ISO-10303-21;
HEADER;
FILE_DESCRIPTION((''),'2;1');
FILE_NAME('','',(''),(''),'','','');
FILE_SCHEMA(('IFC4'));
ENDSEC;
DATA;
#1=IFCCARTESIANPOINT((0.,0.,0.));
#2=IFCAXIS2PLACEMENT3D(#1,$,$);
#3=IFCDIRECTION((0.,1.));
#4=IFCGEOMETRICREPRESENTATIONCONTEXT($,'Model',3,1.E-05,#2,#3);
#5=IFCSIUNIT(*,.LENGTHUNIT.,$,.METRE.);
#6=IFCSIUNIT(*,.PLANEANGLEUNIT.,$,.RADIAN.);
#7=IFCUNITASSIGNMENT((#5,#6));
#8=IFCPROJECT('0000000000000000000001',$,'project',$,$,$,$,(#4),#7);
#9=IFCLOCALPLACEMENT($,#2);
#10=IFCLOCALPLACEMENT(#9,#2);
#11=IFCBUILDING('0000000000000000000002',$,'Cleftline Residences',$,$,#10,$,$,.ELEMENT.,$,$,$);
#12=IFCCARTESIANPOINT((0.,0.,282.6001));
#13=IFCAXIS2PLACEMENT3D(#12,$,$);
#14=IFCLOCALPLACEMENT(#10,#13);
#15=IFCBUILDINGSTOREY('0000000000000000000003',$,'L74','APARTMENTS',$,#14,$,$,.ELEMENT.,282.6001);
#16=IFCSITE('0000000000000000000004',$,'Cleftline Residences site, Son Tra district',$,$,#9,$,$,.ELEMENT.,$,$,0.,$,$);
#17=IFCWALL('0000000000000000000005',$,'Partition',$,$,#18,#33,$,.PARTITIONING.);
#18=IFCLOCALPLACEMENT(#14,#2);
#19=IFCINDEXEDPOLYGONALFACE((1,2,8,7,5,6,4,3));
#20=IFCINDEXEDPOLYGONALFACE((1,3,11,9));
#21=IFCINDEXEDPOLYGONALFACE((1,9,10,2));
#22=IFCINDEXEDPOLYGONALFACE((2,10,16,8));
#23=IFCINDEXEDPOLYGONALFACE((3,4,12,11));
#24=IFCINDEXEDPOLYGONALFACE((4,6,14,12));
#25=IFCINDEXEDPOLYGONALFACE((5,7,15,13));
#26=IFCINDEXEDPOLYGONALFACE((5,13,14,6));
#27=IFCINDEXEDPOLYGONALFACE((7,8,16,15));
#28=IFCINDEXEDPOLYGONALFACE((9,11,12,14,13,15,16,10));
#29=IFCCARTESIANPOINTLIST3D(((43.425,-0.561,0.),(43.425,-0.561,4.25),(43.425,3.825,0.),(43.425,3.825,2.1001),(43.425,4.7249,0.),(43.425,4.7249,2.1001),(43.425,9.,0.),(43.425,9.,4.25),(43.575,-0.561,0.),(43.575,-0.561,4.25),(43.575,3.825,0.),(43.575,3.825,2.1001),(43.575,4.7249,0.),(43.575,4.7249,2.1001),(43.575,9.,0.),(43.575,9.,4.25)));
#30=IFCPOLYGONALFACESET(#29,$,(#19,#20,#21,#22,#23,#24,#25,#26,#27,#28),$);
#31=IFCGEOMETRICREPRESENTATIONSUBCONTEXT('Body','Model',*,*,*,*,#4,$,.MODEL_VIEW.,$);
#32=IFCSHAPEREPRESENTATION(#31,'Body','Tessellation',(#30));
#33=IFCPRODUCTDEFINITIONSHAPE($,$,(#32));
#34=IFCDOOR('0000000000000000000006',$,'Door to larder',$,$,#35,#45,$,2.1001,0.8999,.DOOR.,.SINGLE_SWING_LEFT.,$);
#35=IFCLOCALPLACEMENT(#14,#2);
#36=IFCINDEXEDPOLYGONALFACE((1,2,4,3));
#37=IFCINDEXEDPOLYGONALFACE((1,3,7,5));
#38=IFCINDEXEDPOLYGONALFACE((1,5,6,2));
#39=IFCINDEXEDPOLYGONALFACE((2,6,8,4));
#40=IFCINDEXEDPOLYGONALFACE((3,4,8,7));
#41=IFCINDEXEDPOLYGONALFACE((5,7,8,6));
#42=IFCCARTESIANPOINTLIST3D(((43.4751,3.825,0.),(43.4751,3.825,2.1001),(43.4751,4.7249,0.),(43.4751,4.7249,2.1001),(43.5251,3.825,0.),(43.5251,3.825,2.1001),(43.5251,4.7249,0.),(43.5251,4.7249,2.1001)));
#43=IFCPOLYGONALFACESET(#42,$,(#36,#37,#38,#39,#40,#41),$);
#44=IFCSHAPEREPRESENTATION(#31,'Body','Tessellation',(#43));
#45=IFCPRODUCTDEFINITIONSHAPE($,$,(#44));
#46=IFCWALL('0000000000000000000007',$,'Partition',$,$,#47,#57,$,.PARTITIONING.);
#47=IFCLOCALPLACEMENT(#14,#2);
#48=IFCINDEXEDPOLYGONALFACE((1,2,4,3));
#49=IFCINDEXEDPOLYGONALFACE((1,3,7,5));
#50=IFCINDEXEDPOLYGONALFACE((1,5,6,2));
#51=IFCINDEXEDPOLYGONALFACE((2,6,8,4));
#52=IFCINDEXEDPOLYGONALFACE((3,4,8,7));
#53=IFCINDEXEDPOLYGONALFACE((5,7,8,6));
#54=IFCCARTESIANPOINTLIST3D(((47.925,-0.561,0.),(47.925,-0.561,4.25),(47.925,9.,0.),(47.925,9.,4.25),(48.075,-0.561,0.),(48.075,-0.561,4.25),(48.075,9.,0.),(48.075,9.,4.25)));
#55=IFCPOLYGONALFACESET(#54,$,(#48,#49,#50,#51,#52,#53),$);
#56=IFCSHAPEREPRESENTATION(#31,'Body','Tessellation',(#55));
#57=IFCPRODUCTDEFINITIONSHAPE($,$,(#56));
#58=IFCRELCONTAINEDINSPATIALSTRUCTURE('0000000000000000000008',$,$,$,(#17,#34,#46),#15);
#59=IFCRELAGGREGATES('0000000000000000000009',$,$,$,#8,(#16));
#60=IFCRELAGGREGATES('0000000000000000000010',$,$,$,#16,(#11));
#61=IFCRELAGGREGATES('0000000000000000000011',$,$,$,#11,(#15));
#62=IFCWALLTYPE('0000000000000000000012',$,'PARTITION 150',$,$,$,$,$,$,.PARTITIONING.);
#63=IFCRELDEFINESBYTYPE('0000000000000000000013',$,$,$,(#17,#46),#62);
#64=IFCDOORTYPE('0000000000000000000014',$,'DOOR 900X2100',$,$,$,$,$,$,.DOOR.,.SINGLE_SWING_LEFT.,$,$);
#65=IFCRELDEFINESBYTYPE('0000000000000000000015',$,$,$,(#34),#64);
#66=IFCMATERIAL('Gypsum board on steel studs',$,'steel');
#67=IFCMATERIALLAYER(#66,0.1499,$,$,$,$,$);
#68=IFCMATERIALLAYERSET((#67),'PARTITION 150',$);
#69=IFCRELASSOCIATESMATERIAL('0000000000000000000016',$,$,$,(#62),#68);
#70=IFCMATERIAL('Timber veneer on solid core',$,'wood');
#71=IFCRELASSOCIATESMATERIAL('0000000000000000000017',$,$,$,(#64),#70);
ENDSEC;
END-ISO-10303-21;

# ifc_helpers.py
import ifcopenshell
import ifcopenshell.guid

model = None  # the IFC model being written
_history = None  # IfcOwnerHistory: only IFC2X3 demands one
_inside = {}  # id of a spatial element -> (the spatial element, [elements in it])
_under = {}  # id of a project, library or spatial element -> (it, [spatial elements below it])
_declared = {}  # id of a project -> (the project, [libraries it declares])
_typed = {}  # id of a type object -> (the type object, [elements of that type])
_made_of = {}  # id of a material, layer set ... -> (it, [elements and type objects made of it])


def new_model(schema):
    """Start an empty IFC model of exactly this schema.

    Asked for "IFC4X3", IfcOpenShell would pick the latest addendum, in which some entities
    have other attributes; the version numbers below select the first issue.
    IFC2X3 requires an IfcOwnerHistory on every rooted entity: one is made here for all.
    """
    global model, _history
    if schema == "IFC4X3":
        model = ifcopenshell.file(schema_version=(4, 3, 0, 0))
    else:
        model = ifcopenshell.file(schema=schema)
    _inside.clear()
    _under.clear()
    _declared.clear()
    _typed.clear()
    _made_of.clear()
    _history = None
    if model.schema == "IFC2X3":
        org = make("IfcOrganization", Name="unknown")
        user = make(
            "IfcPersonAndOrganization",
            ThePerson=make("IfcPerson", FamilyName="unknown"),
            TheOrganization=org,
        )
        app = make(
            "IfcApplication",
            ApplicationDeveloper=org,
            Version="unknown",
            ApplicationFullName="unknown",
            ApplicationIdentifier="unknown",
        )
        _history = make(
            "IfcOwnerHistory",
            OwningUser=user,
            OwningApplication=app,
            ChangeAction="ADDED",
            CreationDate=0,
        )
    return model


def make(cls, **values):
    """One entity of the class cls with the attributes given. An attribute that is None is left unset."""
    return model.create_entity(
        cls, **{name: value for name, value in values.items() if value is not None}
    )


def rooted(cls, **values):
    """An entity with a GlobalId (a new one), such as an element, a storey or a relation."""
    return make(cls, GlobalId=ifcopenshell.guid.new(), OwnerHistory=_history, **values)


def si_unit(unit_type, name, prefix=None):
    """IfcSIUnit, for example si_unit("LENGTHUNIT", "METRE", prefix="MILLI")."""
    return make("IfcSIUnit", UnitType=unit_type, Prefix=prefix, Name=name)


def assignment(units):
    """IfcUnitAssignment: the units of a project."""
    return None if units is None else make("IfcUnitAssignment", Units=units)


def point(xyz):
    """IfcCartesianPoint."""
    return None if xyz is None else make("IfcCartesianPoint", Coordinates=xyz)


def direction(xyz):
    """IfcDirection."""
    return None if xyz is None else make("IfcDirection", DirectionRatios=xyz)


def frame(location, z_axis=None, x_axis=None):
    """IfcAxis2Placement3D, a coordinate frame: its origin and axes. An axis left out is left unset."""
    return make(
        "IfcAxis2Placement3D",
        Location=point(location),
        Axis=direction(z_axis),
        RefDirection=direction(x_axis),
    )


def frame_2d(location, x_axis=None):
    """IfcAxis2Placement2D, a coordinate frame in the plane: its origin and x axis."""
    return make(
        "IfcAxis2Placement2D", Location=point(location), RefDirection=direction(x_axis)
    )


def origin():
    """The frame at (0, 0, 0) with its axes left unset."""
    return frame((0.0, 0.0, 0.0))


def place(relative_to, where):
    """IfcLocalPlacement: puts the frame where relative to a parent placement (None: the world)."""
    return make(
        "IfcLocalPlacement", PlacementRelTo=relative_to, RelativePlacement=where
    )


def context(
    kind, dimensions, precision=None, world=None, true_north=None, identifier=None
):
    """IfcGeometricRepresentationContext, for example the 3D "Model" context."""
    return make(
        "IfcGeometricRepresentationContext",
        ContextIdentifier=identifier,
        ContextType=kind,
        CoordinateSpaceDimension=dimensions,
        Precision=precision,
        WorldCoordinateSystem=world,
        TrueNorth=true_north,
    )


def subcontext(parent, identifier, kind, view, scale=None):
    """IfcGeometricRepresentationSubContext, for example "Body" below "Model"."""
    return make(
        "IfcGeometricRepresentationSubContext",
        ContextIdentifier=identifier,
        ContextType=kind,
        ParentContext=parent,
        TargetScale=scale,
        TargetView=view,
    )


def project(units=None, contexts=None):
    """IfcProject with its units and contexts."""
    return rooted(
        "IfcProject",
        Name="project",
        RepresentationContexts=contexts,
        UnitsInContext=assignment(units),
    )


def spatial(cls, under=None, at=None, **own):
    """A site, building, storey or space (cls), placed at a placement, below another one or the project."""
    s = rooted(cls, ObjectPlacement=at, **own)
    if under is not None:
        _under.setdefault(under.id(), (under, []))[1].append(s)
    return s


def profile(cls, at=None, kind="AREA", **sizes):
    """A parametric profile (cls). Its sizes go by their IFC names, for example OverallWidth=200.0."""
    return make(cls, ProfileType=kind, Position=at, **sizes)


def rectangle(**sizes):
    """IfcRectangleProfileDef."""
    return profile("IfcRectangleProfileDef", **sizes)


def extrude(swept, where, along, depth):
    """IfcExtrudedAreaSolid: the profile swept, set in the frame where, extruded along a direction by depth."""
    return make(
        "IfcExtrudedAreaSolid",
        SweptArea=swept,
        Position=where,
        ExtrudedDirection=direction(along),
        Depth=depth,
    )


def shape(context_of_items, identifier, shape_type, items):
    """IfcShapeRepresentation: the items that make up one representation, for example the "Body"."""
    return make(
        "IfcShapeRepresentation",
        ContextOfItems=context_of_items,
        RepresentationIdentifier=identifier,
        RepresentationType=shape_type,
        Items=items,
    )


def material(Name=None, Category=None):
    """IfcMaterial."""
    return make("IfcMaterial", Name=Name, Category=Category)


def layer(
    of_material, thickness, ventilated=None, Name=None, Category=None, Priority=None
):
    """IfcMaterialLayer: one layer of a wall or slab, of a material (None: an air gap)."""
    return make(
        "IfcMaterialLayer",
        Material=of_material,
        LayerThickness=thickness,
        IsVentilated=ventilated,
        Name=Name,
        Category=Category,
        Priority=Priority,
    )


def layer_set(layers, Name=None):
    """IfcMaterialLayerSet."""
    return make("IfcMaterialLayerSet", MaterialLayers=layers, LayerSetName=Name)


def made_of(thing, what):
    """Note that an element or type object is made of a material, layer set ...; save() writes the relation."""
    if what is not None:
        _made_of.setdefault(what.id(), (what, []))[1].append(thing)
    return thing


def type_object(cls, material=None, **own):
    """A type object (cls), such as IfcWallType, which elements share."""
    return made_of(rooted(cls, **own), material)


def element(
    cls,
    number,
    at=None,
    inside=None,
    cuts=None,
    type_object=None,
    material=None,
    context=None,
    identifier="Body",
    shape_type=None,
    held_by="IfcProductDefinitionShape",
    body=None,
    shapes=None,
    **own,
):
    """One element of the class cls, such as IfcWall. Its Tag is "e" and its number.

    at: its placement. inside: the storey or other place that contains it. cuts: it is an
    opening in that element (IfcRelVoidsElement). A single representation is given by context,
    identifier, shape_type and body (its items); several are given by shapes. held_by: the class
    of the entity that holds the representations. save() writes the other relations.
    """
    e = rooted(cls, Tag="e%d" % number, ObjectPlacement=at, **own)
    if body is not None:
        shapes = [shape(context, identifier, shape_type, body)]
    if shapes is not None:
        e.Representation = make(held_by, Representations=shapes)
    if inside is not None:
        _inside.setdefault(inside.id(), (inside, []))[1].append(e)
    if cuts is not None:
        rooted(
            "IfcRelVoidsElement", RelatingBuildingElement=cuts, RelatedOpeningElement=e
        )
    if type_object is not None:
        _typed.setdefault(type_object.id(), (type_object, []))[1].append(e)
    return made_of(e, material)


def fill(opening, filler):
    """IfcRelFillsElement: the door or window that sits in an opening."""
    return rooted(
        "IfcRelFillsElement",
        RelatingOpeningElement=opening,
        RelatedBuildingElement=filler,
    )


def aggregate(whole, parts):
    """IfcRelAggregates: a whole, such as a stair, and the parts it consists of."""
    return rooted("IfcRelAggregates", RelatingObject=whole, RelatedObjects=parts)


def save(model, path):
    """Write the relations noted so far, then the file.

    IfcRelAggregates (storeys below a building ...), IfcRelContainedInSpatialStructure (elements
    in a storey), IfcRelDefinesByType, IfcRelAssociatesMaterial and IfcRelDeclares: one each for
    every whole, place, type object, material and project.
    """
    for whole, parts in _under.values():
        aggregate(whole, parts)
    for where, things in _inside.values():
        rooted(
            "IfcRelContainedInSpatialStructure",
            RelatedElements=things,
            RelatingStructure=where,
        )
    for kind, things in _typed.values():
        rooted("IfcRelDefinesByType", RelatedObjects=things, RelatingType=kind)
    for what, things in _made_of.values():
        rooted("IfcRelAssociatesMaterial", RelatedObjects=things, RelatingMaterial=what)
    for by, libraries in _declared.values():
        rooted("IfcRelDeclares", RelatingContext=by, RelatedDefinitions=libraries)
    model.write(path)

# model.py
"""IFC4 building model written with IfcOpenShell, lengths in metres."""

from ifc_helpers import new_model, si_unit, direction, frame, frame_2d, origin, place, context, subcontext, project, spatial, rectangle, extrude, material, layer, layer_set, type_object, element, fill, save


model = new_model("IFC4")

# Units and contexts
model_context = context("Model", 3, precision=1e-05, world=origin(), true_north=direction((0.0, 1.0)))
body_context = subcontext(model_context, "Body", "Model", "MODEL_VIEW")
ifc_project = project(units=[si_unit("LENGTHUNIT", "METRE"), si_unit("PLANEANGLEUNIT", "RADIAN")], contexts=[model_context])

# Site, building, storey
site_placement = place(None, origin())
site = spatial("IfcSite", under=ifc_project, at=site_placement, Name="Cleftline Residences site, Son Tra district", CompositionType="ELEMENT", RefElevation=0.0)
building_placement = place(site_placement, origin())
building = spatial("IfcBuilding", under=site, at=building_placement, Name="Cleftline Residences", CompositionType="ELEMENT")
storey_placement = place(building_placement, frame((0.0, 0.0, 282.6001)))
storey = spatial("IfcBuildingStorey", under=building, at=storey_placement, Name="L74", Description="APARTMENTS", CompositionType="ELEMENT", Elevation=282.6001)

# Wall, opening, door
ifc_material_1 = material(Name="Gypsum board on steel studs", Category="steel")
ifc_layer_1 = layer(ifc_material_1, 0.1499)
ifc_layer_set_1 = layer_set([ifc_layer_1], Name="PARTITION 150")
wall_type = type_object("IfcWallType", Name="PARTITION 150", PredefinedType="PARTITIONING", material=ifc_layer_set_1)
wall_1_placement = place(storey_placement, frame((43.5, -0.561, 0.0), z_axis=(0.0, 0.0, 1.0), x_axis=(0.0, 1.0, 0.0)))
wall_1 = element("IfcWall", 1, at=wall_1_placement, inside=storey, type_object=wall_type, Name="Partition", PredefinedType="PARTITIONING", context=body_context, shape_type="SweptSolid", body=[
    extrude(rectangle(XDim=9.561, YDim=0.1499, at=frame_2d((4.7805, 0.0))), origin(), (0.0, 0.0, 1.0), 4.25),
])
opening_placement = place(wall_1_placement, frame((4.386, 0.0, 0.0)))
opening = element("IfcOpeningElement", 2, at=opening_placement, cuts=wall_1, PredefinedType="OPENING", context=body_context, shape_type="SweptSolid", body=[
    extrude(rectangle(XDim=0.8999, YDim=2.1001, at=frame_2d((0.45, 1.05))), frame((0.0, 0.085, 0.0), z_axis=(0.0, -1.0, 0.0), x_axis=(1.0, 0.0, 0.0)), (0.0, 0.0, 1.0), 0.1699),
])
ifc_material_2 = material(Name="Timber veneer on solid core", Category="wood")
door_type = type_object("IfcDoorType", Name="DOOR 900X2100", OperationType="SINGLE_SWING_LEFT", PredefinedType="DOOR", material=ifc_material_2)
door_placement = place(opening_placement, origin())
door = element("IfcDoor", 3, at=door_placement, inside=storey, type_object=door_type, Name="Door to larder", OperationType="SINGLE_SWING_LEFT", OverallHeight=2.1001, OverallWidth=0.8999, PredefinedType="DOOR", context=body_context, shape_type="SweptSolid", body=[
    extrude(rectangle(XDim=0.8999, YDim=2.1001, at=frame_2d((0.45, 1.05))), frame((0.0, 0.0249, 0.0), z_axis=(0.0, -1.0, 0.0), x_axis=(1.0, 0.0, 0.0)), (0.0, 0.0, 1.0), 0.05),
])
fill(opening, door)

# Wall
wall_2_placement = place(storey_placement, frame((48.0, -0.561, 0.0), z_axis=(0.0, 0.0, 1.0), x_axis=(0.0, 1.0, 0.0)))
element("IfcWall", 4, at=wall_2_placement, inside=storey, type_object=wall_type, Name="Partition", PredefinedType="PARTITIONING", context=body_context, shape_type="SweptSolid", body=[
    extrude(rectangle(XDim=9.561, YDim=0.1499, at=frame_2d((4.7805, 0.0))), origin(), (0.0, 0.0, 1.0), 4.25),
])

save(model, "model.ifc")
